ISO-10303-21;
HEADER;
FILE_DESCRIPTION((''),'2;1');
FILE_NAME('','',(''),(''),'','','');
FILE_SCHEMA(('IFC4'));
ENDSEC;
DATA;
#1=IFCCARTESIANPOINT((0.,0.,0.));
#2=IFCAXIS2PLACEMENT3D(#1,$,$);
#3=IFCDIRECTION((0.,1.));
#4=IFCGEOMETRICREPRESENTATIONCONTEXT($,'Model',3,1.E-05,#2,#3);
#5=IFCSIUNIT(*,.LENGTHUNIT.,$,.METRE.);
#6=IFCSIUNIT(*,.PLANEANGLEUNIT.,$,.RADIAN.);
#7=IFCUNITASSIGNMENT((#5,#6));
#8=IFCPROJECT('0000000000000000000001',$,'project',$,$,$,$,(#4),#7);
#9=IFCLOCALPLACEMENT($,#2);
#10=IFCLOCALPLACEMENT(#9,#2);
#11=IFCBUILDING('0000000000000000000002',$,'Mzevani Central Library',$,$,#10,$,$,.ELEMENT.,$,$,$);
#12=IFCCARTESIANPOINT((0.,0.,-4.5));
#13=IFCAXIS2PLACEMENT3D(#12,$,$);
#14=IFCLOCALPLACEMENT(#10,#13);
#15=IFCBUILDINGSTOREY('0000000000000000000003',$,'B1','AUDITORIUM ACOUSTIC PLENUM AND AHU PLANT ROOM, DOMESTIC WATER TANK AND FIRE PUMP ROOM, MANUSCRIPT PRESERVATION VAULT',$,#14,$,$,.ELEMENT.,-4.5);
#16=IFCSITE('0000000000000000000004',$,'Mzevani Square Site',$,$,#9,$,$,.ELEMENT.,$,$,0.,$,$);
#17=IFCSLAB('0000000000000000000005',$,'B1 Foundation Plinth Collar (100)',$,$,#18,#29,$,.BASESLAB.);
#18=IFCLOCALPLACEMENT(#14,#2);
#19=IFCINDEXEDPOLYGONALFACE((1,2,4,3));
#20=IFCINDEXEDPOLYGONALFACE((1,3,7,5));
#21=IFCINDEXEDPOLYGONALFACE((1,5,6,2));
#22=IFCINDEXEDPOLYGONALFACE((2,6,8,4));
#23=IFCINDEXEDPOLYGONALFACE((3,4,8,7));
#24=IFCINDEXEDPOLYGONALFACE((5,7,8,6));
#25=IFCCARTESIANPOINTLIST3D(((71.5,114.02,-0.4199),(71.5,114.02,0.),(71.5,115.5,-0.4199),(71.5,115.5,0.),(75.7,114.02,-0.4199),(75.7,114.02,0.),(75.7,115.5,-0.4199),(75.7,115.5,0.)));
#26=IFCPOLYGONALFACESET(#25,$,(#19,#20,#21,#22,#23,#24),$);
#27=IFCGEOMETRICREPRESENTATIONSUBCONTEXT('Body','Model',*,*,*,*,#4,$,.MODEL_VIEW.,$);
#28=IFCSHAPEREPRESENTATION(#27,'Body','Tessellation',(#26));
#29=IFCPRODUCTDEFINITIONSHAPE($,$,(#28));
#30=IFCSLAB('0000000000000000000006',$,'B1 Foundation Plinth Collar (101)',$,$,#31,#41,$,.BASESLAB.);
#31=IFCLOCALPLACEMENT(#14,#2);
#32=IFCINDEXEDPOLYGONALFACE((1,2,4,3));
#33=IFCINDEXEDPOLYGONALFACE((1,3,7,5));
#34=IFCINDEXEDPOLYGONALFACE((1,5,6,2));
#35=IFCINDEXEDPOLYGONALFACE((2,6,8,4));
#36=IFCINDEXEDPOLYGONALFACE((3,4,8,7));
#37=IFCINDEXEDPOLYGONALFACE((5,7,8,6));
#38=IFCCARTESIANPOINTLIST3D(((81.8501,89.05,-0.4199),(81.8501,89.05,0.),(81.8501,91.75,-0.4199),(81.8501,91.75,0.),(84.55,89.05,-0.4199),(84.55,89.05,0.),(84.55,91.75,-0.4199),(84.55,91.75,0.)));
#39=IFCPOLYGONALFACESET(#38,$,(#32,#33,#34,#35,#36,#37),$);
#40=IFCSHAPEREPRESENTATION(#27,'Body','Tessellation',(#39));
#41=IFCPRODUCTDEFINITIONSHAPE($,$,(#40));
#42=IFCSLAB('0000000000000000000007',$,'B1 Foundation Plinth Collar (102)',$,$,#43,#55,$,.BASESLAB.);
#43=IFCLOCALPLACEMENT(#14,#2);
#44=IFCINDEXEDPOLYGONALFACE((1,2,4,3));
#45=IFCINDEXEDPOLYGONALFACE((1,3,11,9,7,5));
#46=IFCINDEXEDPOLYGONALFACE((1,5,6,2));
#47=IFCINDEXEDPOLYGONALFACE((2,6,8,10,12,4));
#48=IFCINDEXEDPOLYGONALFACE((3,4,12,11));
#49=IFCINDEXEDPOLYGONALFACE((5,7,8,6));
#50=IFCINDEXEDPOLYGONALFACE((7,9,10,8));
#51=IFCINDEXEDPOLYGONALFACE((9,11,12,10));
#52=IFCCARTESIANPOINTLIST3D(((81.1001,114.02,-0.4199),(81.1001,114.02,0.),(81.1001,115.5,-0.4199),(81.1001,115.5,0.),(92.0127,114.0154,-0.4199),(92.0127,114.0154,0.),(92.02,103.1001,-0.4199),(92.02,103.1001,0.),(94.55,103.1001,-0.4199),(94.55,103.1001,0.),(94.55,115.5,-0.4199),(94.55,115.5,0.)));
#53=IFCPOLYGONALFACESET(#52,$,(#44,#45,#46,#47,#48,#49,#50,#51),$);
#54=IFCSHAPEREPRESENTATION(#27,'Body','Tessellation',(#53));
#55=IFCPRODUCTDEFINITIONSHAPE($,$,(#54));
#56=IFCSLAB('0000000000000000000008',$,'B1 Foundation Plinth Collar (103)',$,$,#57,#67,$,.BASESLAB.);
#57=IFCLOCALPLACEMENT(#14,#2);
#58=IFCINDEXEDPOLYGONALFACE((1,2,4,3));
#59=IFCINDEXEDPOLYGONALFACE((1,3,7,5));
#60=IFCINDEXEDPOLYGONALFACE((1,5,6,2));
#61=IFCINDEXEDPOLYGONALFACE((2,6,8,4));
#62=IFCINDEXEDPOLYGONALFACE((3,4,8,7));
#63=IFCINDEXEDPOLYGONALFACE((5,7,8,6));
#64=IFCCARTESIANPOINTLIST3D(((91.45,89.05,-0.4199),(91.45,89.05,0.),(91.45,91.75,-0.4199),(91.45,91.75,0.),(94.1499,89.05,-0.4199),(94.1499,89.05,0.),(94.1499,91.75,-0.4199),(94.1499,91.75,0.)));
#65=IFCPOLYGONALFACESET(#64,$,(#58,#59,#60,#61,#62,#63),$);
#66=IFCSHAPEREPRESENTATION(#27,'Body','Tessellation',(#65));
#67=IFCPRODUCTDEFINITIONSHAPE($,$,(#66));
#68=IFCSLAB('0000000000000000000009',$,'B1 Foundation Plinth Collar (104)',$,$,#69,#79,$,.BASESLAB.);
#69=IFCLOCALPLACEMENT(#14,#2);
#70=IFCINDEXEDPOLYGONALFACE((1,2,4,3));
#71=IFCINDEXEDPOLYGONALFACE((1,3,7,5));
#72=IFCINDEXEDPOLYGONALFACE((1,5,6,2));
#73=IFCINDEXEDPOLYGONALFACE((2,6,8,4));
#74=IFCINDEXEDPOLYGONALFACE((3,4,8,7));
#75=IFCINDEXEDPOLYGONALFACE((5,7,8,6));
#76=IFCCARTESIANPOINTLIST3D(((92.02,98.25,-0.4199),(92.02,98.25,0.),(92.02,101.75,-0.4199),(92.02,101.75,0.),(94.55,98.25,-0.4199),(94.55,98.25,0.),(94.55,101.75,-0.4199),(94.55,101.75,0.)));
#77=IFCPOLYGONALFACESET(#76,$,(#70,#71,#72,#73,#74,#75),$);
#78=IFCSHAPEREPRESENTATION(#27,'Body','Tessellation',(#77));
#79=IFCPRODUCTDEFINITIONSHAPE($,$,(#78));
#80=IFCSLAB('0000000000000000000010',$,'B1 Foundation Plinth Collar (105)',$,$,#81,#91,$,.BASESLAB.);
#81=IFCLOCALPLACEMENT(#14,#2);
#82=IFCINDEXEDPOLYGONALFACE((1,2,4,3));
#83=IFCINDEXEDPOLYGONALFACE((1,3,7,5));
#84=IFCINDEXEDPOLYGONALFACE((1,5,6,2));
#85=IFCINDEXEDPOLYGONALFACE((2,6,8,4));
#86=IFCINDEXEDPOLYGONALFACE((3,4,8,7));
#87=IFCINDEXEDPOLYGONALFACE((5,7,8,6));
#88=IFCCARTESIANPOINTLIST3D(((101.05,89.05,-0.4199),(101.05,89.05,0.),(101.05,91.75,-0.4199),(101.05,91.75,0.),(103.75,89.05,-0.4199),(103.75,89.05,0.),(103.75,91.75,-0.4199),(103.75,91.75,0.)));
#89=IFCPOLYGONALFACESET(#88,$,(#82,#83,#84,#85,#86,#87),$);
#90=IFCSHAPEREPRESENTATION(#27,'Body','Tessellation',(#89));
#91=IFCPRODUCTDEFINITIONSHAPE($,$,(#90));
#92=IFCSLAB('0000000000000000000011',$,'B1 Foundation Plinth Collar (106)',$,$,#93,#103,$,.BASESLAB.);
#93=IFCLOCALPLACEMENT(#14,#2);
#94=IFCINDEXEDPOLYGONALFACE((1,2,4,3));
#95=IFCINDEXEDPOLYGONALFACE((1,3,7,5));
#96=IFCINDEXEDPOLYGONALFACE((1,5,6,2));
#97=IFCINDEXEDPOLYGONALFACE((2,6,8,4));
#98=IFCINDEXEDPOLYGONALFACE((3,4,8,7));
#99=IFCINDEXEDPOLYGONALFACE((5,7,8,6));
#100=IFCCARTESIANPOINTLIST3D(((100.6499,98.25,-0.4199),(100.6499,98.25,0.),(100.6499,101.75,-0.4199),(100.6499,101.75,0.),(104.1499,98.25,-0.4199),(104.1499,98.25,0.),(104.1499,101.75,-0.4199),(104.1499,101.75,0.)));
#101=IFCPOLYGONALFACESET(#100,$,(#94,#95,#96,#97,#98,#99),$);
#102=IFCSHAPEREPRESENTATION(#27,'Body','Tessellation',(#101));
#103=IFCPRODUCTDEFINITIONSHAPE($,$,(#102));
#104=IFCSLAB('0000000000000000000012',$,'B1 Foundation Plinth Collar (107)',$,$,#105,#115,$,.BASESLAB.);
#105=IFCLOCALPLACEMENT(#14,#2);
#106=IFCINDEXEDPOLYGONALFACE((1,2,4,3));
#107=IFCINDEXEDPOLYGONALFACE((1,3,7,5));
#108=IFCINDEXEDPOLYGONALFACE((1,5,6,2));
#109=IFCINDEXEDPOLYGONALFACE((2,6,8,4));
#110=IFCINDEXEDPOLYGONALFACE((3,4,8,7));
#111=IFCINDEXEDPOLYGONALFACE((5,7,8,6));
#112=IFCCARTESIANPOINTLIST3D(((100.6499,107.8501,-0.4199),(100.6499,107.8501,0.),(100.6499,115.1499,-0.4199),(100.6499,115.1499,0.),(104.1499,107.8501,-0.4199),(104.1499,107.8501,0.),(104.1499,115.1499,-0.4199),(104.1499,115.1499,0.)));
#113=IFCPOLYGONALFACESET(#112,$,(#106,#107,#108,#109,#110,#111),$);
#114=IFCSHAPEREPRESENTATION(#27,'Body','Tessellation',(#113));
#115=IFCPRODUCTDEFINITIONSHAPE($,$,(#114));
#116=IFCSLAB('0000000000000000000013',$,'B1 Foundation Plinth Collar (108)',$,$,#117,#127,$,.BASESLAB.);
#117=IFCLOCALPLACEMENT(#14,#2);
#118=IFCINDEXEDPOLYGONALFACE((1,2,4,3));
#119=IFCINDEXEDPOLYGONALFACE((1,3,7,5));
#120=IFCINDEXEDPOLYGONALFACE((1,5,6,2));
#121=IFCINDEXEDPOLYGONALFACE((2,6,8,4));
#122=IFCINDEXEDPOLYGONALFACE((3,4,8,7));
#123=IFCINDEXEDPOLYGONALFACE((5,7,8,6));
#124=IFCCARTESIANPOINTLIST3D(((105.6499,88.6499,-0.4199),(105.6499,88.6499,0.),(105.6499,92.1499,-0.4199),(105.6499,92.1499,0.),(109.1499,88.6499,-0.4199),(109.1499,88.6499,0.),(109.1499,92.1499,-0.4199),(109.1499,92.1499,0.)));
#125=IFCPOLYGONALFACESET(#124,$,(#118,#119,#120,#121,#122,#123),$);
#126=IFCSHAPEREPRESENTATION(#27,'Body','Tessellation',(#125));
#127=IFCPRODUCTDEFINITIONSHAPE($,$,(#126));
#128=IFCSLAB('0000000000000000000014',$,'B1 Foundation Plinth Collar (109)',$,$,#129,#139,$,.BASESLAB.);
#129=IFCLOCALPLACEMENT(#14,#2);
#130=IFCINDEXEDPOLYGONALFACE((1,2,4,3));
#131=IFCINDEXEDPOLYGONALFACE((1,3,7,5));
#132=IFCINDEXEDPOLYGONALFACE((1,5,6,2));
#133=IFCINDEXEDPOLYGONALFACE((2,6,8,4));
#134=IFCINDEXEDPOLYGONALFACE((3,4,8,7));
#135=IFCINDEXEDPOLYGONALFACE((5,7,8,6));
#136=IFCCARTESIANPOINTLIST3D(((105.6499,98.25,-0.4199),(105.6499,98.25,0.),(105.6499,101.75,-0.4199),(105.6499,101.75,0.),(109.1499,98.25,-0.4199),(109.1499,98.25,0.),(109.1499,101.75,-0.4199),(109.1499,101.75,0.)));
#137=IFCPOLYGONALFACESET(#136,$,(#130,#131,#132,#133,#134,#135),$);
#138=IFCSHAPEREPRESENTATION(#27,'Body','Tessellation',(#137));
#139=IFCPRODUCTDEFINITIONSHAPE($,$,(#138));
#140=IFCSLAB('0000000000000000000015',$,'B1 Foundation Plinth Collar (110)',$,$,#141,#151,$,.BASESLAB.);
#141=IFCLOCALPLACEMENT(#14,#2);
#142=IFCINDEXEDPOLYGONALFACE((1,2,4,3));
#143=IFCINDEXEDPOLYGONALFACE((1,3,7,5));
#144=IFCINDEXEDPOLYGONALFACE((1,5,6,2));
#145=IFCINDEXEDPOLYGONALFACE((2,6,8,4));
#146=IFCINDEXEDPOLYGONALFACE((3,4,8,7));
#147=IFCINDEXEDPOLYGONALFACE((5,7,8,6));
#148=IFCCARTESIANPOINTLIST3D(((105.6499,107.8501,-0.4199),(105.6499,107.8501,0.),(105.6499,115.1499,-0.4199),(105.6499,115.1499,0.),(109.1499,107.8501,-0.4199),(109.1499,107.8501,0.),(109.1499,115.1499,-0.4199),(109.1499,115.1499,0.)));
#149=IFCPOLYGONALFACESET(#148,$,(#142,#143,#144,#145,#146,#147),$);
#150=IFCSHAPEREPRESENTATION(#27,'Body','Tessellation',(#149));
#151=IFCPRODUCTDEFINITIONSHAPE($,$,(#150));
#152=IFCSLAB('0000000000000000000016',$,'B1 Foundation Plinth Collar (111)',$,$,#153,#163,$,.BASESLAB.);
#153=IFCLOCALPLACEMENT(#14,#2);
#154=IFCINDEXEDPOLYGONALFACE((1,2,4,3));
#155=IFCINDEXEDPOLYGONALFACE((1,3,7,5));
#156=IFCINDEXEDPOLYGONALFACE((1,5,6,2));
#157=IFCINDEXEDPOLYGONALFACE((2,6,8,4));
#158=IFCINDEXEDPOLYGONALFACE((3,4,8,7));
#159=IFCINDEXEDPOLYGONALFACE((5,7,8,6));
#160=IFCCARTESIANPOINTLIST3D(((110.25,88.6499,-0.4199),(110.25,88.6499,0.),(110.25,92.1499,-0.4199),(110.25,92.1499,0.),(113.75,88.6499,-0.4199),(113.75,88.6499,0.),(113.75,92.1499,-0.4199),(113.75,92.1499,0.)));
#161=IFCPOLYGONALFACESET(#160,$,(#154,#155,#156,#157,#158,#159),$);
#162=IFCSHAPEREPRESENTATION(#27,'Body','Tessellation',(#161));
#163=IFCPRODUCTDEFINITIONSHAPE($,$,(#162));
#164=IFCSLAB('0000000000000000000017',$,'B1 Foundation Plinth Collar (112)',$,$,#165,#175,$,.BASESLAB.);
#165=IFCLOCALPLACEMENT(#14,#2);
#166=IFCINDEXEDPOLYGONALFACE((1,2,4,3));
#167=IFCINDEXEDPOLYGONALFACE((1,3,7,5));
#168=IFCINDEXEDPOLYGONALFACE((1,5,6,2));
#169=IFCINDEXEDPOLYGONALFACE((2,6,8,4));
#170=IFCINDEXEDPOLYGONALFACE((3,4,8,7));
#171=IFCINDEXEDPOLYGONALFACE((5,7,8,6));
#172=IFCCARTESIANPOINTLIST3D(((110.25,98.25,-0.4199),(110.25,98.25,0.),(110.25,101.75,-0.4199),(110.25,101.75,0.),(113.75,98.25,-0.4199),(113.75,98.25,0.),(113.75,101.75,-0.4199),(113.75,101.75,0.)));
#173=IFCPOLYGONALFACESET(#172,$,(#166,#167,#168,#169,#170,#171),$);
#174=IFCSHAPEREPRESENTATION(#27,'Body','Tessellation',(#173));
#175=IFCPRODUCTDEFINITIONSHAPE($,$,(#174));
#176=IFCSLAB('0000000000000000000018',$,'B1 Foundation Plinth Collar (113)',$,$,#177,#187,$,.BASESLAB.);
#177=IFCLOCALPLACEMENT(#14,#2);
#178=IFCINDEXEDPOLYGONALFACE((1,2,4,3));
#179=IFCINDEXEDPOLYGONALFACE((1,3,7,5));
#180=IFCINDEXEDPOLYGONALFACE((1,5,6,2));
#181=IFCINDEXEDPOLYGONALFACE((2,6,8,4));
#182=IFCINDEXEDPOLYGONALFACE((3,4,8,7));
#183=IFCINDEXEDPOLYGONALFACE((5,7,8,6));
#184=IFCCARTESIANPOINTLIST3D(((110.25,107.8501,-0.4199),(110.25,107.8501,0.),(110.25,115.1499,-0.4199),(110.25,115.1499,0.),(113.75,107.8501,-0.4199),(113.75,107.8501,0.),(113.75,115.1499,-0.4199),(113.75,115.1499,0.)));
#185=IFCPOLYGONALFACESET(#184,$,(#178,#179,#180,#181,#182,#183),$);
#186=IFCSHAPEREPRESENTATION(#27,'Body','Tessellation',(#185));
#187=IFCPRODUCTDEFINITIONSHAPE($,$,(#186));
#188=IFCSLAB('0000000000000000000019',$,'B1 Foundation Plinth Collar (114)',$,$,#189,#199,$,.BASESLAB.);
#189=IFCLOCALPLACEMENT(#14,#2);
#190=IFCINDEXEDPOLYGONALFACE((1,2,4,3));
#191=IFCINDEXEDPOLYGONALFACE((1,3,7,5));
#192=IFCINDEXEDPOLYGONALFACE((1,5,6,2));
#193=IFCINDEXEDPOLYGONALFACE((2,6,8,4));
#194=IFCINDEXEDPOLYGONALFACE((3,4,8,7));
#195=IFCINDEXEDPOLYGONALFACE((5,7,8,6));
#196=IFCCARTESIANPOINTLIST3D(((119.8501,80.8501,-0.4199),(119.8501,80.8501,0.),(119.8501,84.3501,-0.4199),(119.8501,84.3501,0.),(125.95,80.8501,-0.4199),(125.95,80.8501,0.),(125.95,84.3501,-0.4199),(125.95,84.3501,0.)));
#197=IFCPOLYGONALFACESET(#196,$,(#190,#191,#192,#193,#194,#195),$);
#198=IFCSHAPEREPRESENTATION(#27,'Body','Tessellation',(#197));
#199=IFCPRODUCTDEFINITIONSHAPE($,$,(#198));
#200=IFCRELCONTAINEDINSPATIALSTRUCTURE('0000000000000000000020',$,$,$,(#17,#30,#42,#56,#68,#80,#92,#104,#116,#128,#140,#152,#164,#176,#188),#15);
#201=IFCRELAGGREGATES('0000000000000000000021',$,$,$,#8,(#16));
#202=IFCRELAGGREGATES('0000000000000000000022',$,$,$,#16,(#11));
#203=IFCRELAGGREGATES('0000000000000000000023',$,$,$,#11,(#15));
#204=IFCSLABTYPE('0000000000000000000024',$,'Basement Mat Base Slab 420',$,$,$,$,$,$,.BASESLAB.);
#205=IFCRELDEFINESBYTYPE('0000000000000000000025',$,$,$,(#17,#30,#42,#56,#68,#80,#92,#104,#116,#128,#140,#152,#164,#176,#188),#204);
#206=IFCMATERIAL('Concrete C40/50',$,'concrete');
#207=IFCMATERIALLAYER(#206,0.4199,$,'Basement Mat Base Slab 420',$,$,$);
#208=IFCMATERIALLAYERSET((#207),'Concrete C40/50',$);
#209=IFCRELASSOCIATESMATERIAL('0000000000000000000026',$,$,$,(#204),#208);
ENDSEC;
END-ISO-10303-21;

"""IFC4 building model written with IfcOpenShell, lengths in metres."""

from ifc_helpers import new_model, si_unit, direction, frame, origin, place, context, subcontext, project, spatial, polyline, outline, extrude, material, layer, layer_set, type_object, element, save


model = new_model("IFC4")

# Units and contexts
model_context = context("Model", 3, precision=1e-05, world=origin(), true_north=direction((0.0, 1.0)))
body_context = subcontext(model_context, "Body", "Model", "MODEL_VIEW")
ifc_project = project(units=[si_unit("LENGTHUNIT", "METRE"), si_unit("PLANEANGLEUNIT", "RADIAN")], contexts=[model_context])

# Site, building, storey
site_placement = place(None, origin())
site = spatial("IfcSite", under=ifc_project, at=site_placement, Name="Mzevani Square Site", CompositionType="ELEMENT", RefElevation=0.0)
building_placement = place(site_placement, origin())
building = spatial("IfcBuilding", under=site, at=building_placement, Name="Mzevani Central Library", CompositionType="ELEMENT")
storey_placement = place(building_placement, frame((0.0, 0.0, -4.5)))
storey = spatial("IfcBuildingStorey", under=building, at=storey_placement, Name="B1", Description="AUDITORIUM ACOUSTIC PLENUM AND AHU PLANT ROOM, DOMESTIC WATER TANK AND FIRE PUMP ROOM, MANUSCRIPT PRESERVATION VAULT", CompositionType="ELEMENT", Elevation=-4.5)

# Slabs
ifc_material = material(Name="Concrete C40/50", Category="concrete")
ifc_layer = layer(ifc_material, 0.4199, Name="Basement Mat Base Slab 420")
ifc_layer_set = layer_set([ifc_layer], Name="Concrete C40/50")
slab_type = type_object("IfcSlabType", Name="Basement Mat Base Slab 420", PredefinedType="BASESLAB", material=ifc_layer_set)
slab_1_placement = place(storey_placement, frame((0.0, 0.0, -0.4199)))
element("IfcSlab", 1, at=slab_1_placement, inside=storey, type_object=slab_type, Name="B1 Foundation Plinth Collar (100)", PredefinedType="BASESLAB", context=body_context, shape_type="SweptSolid", body=[
    extrude(outline(polyline([(75.7, 115.5), (75.7, 114.02), (71.5, 114.02), (71.5, 115.5), (75.7, 115.5)])), origin(), (0.0, 0.0, 1.0), 0.4199),
])
slab_2_placement = place(storey_placement, frame((0.0, 0.0, -0.4199)))
element("IfcSlab", 2, at=slab_2_placement, inside=storey, type_object=slab_type, Name="B1 Foundation Plinth Collar (101)", PredefinedType="BASESLAB", context=body_context, shape_type="SweptSolid", body=[
    extrude(outline(polyline([(81.8501, 91.75), (84.55, 91.75), (84.55, 89.05), (81.8501, 89.05), (81.8501, 91.75)])), origin(), (0.0, 0.0, 1.0), 0.4199),
])
slab_3_placement = place(storey_placement, frame((0.0, 0.0, -0.4199)))
element("IfcSlab", 3, at=slab_3_placement, inside=storey, type_object=slab_type, Name="B1 Foundation Plinth Collar (102)", PredefinedType="BASESLAB", context=body_context, shape_type="SweptSolid", body=[
    extrude(outline(polyline([(94.55, 115.5), (94.55, 103.1001), (92.02, 103.1001), (92.0127, 114.0154), (81.1001, 114.02), (81.1001, 115.5), (94.55, 115.5)])), origin(), (0.0, 0.0, 1.0), 0.4199),
])
slab_4_placement = place(storey_placement, frame((0.0, 0.0, -0.4199)))
element("IfcSlab", 4, at=slab_4_placement, inside=storey, type_object=slab_type, Name="B1 Foundation Plinth Collar (103)", PredefinedType="BASESLAB", context=body_context, shape_type="SweptSolid", body=[
    extrude(outline(polyline([(91.45, 91.75), (94.1499, 91.75), (94.1499, 89.05), (91.45, 89.05), (91.45, 91.75)])), origin(), (0.0, 0.0, 1.0), 0.4199),
])
slab_5_placement = place(storey_placement, frame((0.0, 0.0, -0.4199)))
element("IfcSlab", 5, at=slab_5_placement, inside=storey, type_object=slab_type, Name="B1 Foundation Plinth Collar (104)", PredefinedType="BASESLAB", context=body_context, shape_type="SweptSolid", body=[
    extrude(outline(polyline([(94.55, 98.25), (92.02, 98.25), (92.02, 101.75), (94.55, 101.75), (94.55, 98.25)])), origin(), (0.0, 0.0, 1.0), 0.4199),
])
slab_6_placement = place(storey_placement, frame((0.0, 0.0, -0.4199)))
element("IfcSlab", 6, at=slab_6_placement, inside=storey, type_object=slab_type, Name="B1 Foundation Plinth Collar (105)", PredefinedType="BASESLAB", context=body_context, shape_type="SweptSolid", body=[
    extrude(outline(polyline([(101.05, 91.75), (103.75, 91.75), (103.75, 89.05), (101.05, 89.05), (101.05, 91.75)])), origin(), (0.0, 0.0, 1.0), 0.4199),
])
slab_7_placement = place(storey_placement, frame((0.0, 0.0, -0.4199)))
element("IfcSlab", 7, at=slab_7_placement, inside=storey, type_object=slab_type, Name="B1 Foundation Plinth Collar (106)", PredefinedType="BASESLAB", context=body_context, shape_type="SweptSolid", body=[
    extrude(outline(polyline([(100.6499, 101.75), (104.1499, 101.75), (104.1499, 98.25), (100.6499, 98.25), (100.6499, 101.75)])), origin(), (0.0, 0.0, 1.0), 0.4199),
])
slab_8_placement = place(storey_placement, frame((0.0, 0.0, -0.4199)))
element("IfcSlab", 8, at=slab_8_placement, inside=storey, type_object=slab_type, Name="B1 Foundation Plinth Collar (107)", PredefinedType="BASESLAB", context=body_context, shape_type="SweptSolid", body=[
    extrude(outline(polyline([(100.6499, 115.1499), (104.1499, 115.1499), (104.1499, 107.8501), (100.6499, 107.8501), (100.6499, 115.1499)])), origin(), (0.0, 0.0, 1.0), 0.4199),
])
slab_9_placement = place(storey_placement, frame((0.0, 0.0, -0.4199)))
element("IfcSlab", 9, at=slab_9_placement, inside=storey, type_object=slab_type, Name="B1 Foundation Plinth Collar (108)", PredefinedType="BASESLAB", context=body_context, shape_type="SweptSolid", body=[
    extrude(outline(polyline([(105.6499, 92.1499), (109.1499, 92.1499), (109.1499, 88.6499), (105.6499, 88.6499), (105.6499, 92.1499)])), origin(), (0.0, 0.0, 1.0), 0.4199),
])
slab_10_placement = place(storey_placement, frame((0.0, 0.0, -0.4199)))
element("IfcSlab", 10, at=slab_10_placement, inside=storey, type_object=slab_type, Name="B1 Foundation Plinth Collar (109)", PredefinedType="BASESLAB", context=body_context, shape_type="SweptSolid", body=[
    extrude(outline(polyline([(105.6499, 101.75), (109.1499, 101.75), (109.1499, 98.25), (105.6499, 98.25), (105.6499, 101.75)])), origin(), (0.0, 0.0, 1.0), 0.4199),
])
slab_11_placement = place(storey_placement, frame((0.0, 0.0, -0.4199)))
element("IfcSlab", 11, at=slab_11_placement, inside=storey, type_object=slab_type, Name="B1 Foundation Plinth Collar (110)", PredefinedType="BASESLAB", context=body_context, shape_type="SweptSolid", body=[
    extrude(outline(polyline([(105.6499, 115.1499), (109.1499, 115.1499), (109.1499, 107.8501), (105.6499, 107.8501), (105.6499, 115.1499)])), origin(), (0.0, 0.0, 1.0), 0.4199),
])
slab_12_placement = place(storey_placement, frame((0.0, 0.0, -0.4199)))
element("IfcSlab", 12, at=slab_12_placement, inside=storey, type_object=slab_type, Name="B1 Foundation Plinth Collar (111)", PredefinedType="BASESLAB", context=body_context, shape_type="SweptSolid", body=[
    extrude(outline(polyline([(110.25, 92.1499), (113.75, 92.1499), (113.75, 88.6499), (110.25, 88.6499), (110.25, 92.1499)])), origin(), (0.0, 0.0, 1.0), 0.4199),
])
slab_13_placement = place(storey_placement, frame((0.0, 0.0, -0.4199)))
element("IfcSlab", 13, at=slab_13_placement, inside=storey, type_object=slab_type, Name="B1 Foundation Plinth Collar (112)", PredefinedType="BASESLAB", context=body_context, shape_type="SweptSolid", body=[
    extrude(outline(polyline([(110.25, 101.75), (113.75, 101.75), (113.75, 98.25), (110.25, 98.25), (110.25, 101.75)])), origin(), (0.0, 0.0, 1.0), 0.4199),
])
slab_14_placement = place(storey_placement, frame((0.0, 0.0, -0.4199)))
element("IfcSlab", 14, at=slab_14_placement, inside=storey, type_object=slab_type, Name="B1 Foundation Plinth Collar (113)", PredefinedType="BASESLAB", context=body_context, shape_type="SweptSolid", body=[
    extrude(outline(polyline([(110.25, 115.1499), (113.75, 115.1499), (113.75, 107.8501), (110.25, 107.8501), (110.25, 115.1499)])), origin(), (0.0, 0.0, 1.0), 0.4199),
])
slab_15_placement = place(storey_placement, frame((0.0, 0.0, -0.4199)))
element("IfcSlab", 15, at=slab_15_placement, inside=storey, type_object=slab_type, Name="B1 Foundation Plinth Collar (114)", PredefinedType="BASESLAB", context=body_context, shape_type="SweptSolid", body=[
    extrude(outline(polyline([(119.8501, 84.3501), (125.95, 84.3501), (125.95, 80.8501), (119.8501, 80.8501), (119.8501, 84.3501)])), origin(), (0.0, 0.0, 1.0), 0.4199),
])

save(model, "model.ifc")
